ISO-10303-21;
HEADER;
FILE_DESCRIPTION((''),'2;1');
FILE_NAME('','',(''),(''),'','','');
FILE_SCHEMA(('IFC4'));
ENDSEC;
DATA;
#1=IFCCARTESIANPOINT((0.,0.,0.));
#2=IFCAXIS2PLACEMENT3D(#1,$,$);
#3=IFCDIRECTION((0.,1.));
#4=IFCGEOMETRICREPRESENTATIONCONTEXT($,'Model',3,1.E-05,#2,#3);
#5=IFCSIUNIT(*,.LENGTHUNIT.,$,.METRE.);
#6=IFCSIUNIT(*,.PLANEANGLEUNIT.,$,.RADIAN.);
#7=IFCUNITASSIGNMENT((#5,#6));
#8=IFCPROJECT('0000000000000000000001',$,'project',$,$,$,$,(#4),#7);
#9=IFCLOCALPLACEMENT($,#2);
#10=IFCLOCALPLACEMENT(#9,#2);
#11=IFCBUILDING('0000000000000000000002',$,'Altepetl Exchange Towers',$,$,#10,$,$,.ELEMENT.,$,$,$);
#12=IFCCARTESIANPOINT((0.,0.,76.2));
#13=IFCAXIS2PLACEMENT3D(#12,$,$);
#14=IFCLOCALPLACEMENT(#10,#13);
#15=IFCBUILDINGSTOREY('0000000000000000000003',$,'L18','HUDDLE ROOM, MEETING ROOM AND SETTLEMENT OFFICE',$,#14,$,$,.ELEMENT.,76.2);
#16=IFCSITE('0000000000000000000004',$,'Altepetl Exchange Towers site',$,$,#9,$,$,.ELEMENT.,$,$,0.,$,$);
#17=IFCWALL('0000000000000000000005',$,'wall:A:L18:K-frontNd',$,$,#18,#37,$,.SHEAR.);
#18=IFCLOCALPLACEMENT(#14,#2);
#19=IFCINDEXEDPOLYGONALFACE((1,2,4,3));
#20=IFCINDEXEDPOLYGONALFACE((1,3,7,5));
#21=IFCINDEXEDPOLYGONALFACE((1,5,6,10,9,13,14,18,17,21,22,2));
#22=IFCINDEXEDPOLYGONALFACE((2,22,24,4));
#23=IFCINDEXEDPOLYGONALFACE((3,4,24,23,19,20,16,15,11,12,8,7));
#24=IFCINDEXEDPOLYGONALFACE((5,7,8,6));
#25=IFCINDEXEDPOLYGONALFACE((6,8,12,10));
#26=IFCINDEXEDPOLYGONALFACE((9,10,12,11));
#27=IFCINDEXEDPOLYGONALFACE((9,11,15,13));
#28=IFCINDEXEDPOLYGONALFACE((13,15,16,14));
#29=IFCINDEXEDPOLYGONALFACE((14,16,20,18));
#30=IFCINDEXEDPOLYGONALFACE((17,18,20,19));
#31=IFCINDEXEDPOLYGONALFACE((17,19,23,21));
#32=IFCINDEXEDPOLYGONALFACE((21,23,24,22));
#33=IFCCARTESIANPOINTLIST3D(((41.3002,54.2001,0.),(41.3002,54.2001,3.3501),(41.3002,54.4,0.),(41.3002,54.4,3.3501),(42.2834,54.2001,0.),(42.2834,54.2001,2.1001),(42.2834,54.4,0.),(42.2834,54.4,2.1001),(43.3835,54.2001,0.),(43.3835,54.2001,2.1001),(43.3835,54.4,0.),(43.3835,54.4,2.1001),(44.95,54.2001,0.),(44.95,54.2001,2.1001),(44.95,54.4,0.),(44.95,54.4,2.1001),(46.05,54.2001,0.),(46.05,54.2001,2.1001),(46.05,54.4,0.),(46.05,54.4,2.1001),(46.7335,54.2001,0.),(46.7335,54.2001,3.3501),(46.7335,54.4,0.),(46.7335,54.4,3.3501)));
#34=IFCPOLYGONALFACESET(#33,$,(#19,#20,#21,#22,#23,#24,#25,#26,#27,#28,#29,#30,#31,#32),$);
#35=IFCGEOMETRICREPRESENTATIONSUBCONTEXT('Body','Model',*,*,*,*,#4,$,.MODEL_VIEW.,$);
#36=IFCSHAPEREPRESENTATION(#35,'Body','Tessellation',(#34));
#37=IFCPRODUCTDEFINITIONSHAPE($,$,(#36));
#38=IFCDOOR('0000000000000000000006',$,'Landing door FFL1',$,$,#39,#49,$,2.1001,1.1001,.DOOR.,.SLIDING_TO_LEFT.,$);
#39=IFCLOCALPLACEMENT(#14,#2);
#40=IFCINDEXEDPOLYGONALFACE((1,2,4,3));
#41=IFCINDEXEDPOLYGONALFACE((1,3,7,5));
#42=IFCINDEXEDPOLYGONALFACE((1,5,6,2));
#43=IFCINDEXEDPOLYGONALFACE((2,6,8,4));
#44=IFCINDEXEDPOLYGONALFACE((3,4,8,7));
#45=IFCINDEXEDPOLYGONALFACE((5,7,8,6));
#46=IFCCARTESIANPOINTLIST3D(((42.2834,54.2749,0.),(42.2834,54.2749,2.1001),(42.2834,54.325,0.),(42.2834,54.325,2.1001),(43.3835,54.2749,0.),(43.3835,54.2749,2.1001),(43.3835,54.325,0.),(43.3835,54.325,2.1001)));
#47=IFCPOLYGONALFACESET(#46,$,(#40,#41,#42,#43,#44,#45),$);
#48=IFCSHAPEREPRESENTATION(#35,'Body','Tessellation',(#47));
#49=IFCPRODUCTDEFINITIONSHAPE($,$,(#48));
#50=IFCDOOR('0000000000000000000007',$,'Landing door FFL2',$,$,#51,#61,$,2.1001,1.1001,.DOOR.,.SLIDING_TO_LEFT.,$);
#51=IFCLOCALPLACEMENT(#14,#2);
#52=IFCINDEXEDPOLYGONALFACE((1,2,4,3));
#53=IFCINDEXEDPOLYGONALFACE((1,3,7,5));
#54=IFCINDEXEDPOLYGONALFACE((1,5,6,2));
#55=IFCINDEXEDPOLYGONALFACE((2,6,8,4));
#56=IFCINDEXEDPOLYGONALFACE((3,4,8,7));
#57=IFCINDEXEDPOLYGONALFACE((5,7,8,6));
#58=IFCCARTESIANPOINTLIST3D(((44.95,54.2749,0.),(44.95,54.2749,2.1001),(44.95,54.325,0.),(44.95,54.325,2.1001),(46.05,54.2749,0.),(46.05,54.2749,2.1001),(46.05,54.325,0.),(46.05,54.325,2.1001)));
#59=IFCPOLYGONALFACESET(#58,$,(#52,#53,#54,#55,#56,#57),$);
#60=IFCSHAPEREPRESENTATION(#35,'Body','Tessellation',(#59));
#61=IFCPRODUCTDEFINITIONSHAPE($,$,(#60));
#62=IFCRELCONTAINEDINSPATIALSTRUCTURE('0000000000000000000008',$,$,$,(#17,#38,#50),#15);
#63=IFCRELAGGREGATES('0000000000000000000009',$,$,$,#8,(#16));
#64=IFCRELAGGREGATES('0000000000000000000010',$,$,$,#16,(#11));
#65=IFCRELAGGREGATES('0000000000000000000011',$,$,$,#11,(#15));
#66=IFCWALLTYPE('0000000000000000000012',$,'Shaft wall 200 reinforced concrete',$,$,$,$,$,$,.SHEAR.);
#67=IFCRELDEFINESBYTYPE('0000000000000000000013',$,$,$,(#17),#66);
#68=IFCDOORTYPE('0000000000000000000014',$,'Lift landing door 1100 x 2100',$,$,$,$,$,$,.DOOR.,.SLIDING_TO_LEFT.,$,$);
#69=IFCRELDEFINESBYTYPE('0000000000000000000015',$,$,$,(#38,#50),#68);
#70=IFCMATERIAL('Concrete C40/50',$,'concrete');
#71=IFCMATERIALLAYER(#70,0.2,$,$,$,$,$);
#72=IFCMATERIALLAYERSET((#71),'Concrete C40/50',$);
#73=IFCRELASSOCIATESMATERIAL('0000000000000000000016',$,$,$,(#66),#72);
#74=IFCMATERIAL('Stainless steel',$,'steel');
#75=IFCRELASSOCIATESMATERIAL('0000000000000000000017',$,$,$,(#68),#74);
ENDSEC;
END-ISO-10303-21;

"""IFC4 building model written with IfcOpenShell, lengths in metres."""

from ifc_helpers import new_model, si_unit, direction, frame, frame_2d, origin, place, context, subcontext, project, spatial, rectangle, extrude, material, layer, layer_set, type_object, element, fill, save


model = new_model("IFC4")

# Units and contexts
model_context = context("Model", 3, precision=1e-05, world=origin(), true_north=direction((0.0, 1.0)))
body_context = subcontext(model_context, "Body", "Model", "MODEL_VIEW")
ifc_project = project(units=[si_unit("LENGTHUNIT", "METRE"), si_unit("PLANEANGLEUNIT", "RADIAN")], contexts=[model_context])

# Site, building, storey
site_placement = place(None, origin())
site = spatial("IfcSite", under=ifc_project, at=site_placement, Name="Altepetl Exchange Towers site", CompositionType="ELEMENT", RefElevation=0.0)
building_placement = place(site_placement, origin())
building = spatial("IfcBuilding", under=site, at=building_placement, Name="Altepetl Exchange Towers", CompositionType="ELEMENT")
storey_placement = place(building_placement, frame((0.0, 0.0, 76.2)))
storey = spatial("IfcBuildingStorey", under=building, at=storey_placement, Name="L18", Description="HUDDLE ROOM, MEETING ROOM AND SETTLEMENT OFFICE", CompositionType="ELEMENT", Elevation=76.2)

# Wall, openings, doors
ifc_material_1 = material(Name="Concrete C40/50", Category="concrete")
ifc_layer_1 = layer(ifc_material_1, 0.2)
ifc_layer_set_1 = layer_set([ifc_layer_1], Name="Concrete C40/50")
wall_type_1 = type_object("IfcWallType", Name="Shaft wall 200 reinforced concrete", PredefinedType="SHEAR", material=ifc_layer_set_1)
wall_1_placement = place(storey_placement, frame((41.3, 54.3, 0.0)))
wall_1 = element("IfcWall", 1, at=wall_1_placement, inside=storey, type_object=wall_type_1, Name="wall:A:L18:K-frontNd", PredefinedType="SHEAR", context=body_context, shape_type="SweptSolid", body=[
    extrude(rectangle(XDim=5.4333, YDim=0.2, at=frame_2d((2.7168, 0.0))), origin(), (0.0, 0.0, 1.0), 3.3501),
])
opening_1_placement = place(wall_1_placement, frame((0.9834, 0.0, 0.0)))
opening_1 = element("IfcOpeningElement", 2, at=opening_1_placement, cuts=wall_1, PredefinedType="OPENING", context=body_context, shape_type="SweptSolid", body=[
    extrude(rectangle(XDim=1.1001, YDim=2.1001, at=frame_2d((0.55, 1.05))), frame((0.0, 0.1099, 0.0), z_axis=(0.0, -1.0, 0.0), x_axis=(1.0, 0.0, 0.0)), (0.0, 0.0, 1.0), 0.22),
])
opening_2_placement = place(wall_1_placement, frame((3.6499, 0.0, 0.0)))
opening_2 = element("IfcOpeningElement", 3, at=opening_2_placement, cuts=wall_1, PredefinedType="OPENING", context=body_context, shape_type="SweptSolid", body=[
    extrude(rectangle(XDim=1.1001, YDim=2.1001, at=frame_2d((0.55, 1.05))), frame((0.0, 0.1099, 0.0), z_axis=(0.0, -1.0, 0.0), x_axis=(1.0, 0.0, 0.0)), (0.0, 0.0, 1.0), 0.22),
])
ifc_material_2 = material(Name="Stainless steel", Category="steel")
door_type_1 = type_object("IfcDoorType", Name="Lift landing door 1100 x 2100", OperationType="SLIDING_TO_LEFT", PredefinedType="DOOR", material=ifc_material_2)
door_1_placement = place(opening_1_placement, origin())
door_1 = element("IfcDoor", 4, at=door_1_placement, inside=storey, type_object=door_type_1, Name="Landing door FFL1", OperationType="SLIDING_TO_LEFT", OverallHeight=2.1001, OverallWidth=1.1001, PredefinedType="DOOR", context=body_context, shape_type="SweptSolid", body=[
    extrude(rectangle(XDim=1.1001, YDim=2.1001, at=frame_2d((0.55, 1.05))), frame((0.0, 0.0249, 0.0), z_axis=(0.0, -1.0, 0.0), x_axis=(1.0, 0.0, 0.0)), (0.0, 0.0, 1.0), 0.05),
])
fill(opening_1, door_1)
door_2_placement = place(opening_2_placement, origin())
door_2 = element("IfcDoor", 5, at=door_2_placement, inside=storey, type_object=door_type_1, Name="Landing door FFL2", OperationType="SLIDING_TO_LEFT", OverallHeight=2.1001, OverallWidth=1.1001, PredefinedType="DOOR", context=body_context, shape_type="SweptSolid", body=[
    extrude(rectangle(XDim=1.1001, YDim=2.1001, at=frame_2d((0.55, 1.05))), frame((0.0, 0.0249, 0.0), z_axis=(0.0, -1.0, 0.0), x_axis=(1.0, 0.0, 0.0)), (0.0, 0.0, 1.0), 0.05),
])
fill(opening_2, door_2)

save(model, "model.ifc")
